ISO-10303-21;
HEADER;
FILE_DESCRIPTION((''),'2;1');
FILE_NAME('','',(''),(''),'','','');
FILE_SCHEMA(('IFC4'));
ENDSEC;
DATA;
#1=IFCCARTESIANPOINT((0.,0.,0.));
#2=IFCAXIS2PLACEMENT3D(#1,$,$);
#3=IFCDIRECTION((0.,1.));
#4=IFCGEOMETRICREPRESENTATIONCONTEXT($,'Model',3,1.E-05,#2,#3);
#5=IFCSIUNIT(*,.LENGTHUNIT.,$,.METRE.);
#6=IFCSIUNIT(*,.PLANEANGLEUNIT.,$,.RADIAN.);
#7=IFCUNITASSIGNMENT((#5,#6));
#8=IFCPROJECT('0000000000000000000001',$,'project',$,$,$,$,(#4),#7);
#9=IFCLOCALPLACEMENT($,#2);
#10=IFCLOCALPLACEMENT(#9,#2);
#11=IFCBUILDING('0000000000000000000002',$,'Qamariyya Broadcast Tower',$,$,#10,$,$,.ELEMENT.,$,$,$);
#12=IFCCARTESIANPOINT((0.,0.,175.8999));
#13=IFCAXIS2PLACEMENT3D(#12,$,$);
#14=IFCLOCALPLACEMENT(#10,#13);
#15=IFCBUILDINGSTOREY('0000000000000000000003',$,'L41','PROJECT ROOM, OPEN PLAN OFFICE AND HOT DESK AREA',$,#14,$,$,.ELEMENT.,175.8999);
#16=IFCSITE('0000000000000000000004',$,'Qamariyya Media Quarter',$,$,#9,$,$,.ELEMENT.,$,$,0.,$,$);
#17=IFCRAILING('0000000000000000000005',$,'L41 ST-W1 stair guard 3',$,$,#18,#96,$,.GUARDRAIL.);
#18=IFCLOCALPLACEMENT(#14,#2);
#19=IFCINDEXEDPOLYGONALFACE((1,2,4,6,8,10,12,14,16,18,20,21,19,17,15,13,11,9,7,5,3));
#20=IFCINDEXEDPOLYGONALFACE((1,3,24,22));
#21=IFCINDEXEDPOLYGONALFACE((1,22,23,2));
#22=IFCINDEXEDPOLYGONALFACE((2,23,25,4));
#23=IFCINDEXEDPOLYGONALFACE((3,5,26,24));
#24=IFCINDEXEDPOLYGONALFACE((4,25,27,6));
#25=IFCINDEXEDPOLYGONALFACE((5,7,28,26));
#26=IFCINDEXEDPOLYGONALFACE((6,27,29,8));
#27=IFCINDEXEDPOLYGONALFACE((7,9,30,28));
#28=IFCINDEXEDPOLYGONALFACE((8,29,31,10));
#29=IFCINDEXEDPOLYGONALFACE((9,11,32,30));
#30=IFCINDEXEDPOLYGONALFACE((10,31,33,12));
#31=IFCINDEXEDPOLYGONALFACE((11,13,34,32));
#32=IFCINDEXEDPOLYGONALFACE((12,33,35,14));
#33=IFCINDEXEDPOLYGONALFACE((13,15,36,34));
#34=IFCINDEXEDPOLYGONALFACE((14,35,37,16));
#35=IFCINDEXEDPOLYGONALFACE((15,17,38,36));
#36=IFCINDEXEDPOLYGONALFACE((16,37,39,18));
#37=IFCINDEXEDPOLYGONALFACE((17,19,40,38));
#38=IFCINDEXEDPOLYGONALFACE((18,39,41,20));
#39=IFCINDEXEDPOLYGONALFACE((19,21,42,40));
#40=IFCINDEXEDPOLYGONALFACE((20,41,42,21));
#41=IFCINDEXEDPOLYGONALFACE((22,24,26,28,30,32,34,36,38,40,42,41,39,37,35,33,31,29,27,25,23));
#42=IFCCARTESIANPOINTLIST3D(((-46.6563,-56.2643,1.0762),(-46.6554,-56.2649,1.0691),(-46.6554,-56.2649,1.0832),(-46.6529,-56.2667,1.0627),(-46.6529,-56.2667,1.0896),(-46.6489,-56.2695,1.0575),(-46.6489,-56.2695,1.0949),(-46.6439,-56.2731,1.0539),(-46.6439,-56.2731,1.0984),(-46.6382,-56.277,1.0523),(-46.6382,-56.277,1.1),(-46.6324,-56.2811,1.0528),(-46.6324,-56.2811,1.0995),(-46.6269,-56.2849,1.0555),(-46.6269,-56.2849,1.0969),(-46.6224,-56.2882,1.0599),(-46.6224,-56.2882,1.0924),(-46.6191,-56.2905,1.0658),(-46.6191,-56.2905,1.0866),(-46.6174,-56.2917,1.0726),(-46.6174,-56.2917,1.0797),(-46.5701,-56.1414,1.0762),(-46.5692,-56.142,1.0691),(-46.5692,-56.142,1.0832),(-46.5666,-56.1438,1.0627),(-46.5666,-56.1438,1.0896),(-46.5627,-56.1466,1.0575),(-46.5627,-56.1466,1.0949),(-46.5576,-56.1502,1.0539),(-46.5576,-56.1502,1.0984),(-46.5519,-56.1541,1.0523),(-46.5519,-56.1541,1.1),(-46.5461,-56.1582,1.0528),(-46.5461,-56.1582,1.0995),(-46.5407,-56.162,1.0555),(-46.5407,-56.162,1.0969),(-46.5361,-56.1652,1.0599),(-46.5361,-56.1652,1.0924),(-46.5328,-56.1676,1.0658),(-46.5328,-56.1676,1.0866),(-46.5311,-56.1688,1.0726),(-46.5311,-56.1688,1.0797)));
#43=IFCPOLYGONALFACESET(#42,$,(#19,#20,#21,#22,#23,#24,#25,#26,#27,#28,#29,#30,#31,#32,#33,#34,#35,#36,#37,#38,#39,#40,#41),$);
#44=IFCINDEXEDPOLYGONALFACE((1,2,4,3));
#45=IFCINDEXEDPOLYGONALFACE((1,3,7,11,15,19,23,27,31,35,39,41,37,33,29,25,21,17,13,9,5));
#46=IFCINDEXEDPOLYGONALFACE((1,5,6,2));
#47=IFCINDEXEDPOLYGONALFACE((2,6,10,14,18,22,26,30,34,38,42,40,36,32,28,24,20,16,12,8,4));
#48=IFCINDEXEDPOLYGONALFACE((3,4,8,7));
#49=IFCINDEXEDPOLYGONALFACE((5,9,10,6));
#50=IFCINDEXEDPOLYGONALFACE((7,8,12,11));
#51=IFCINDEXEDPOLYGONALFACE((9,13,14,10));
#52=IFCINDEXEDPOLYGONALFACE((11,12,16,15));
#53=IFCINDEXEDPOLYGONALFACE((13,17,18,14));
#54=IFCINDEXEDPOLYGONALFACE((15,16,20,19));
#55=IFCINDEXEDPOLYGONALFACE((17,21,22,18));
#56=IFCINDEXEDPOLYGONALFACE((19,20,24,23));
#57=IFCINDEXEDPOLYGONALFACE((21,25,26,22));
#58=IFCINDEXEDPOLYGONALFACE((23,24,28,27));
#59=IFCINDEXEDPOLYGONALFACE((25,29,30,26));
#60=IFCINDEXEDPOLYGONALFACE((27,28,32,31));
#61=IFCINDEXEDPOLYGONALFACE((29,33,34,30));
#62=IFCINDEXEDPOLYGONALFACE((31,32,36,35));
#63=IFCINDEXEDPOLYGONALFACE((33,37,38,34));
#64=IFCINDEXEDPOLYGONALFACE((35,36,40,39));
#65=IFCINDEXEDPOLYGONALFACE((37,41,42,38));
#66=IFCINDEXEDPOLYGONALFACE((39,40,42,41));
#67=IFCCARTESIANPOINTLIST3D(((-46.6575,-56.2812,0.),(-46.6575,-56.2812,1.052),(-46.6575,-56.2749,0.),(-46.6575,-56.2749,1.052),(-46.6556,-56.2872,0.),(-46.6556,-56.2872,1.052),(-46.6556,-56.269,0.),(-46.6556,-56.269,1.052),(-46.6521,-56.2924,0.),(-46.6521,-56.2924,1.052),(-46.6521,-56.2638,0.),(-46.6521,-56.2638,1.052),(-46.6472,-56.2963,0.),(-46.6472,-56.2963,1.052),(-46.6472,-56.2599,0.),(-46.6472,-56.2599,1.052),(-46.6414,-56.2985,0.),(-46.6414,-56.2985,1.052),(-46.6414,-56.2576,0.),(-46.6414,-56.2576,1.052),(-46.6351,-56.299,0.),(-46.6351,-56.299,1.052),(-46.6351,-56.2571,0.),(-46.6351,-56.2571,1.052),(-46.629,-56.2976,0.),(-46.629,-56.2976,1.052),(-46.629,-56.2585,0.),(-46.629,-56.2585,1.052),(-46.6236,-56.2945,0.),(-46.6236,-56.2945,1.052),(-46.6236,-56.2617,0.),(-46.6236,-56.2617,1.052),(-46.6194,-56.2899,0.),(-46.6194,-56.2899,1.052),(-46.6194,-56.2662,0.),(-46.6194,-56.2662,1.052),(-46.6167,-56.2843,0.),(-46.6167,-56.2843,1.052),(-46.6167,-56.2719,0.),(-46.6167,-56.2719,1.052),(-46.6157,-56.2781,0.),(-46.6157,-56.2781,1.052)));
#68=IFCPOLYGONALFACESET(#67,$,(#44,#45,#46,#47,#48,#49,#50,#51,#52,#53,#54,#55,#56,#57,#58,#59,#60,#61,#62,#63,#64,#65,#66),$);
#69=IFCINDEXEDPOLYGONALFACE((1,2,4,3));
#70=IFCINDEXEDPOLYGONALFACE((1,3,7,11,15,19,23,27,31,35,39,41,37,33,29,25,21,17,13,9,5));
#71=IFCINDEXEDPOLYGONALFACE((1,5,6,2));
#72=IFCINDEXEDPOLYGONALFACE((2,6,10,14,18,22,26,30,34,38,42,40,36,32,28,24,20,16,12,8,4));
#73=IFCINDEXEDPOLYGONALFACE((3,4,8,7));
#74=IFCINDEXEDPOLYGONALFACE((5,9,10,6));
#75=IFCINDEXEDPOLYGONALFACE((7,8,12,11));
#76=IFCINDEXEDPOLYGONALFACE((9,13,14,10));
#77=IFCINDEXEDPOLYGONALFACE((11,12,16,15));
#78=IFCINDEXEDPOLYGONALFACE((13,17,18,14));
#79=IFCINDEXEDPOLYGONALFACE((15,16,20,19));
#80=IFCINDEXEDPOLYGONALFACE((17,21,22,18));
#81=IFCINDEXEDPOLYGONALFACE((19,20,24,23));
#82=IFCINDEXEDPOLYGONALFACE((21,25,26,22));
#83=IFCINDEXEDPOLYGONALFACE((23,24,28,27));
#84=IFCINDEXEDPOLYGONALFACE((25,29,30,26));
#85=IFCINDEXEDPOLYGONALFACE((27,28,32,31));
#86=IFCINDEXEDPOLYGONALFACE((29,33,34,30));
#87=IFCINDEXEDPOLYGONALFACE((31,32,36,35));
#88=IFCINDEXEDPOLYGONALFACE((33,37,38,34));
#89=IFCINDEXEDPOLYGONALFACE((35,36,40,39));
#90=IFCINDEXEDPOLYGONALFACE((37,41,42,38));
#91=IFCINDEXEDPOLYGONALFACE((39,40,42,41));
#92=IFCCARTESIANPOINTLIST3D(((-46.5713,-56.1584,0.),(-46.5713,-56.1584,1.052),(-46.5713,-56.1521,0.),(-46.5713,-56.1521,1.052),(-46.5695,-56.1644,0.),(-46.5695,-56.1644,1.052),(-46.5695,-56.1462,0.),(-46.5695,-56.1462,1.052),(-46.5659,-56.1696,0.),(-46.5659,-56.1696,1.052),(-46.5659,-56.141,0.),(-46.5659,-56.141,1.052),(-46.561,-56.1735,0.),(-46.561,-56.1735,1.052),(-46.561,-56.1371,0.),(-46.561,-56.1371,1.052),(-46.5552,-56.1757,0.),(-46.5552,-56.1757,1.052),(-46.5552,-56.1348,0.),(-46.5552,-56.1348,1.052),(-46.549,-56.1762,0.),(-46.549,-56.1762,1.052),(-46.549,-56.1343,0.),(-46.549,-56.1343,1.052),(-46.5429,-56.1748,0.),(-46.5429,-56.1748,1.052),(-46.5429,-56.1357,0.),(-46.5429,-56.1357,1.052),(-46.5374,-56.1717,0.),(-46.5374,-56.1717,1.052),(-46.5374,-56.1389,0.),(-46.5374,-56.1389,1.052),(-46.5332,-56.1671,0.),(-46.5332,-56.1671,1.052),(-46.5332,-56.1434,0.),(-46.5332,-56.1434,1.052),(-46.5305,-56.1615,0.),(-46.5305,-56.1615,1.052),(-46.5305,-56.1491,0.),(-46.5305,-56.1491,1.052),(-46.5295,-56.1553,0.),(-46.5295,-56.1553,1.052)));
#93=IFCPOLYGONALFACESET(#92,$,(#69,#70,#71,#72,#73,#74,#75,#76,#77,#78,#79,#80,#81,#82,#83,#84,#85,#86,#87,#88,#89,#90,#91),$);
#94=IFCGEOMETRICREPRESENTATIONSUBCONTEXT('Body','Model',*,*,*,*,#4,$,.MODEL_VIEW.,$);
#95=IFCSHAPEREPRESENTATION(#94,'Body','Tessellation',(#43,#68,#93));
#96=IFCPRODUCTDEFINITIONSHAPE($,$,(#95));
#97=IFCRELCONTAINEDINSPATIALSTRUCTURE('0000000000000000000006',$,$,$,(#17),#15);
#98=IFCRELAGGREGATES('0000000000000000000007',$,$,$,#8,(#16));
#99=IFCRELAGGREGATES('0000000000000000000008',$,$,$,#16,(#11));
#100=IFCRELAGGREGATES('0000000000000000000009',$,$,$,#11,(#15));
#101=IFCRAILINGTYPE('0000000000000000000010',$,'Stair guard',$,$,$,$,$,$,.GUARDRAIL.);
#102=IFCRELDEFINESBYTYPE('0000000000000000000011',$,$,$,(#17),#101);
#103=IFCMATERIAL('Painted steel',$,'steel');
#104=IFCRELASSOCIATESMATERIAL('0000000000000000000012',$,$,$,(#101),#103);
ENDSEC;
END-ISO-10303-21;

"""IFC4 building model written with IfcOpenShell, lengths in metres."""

from ifc_helpers import new_model, si_unit, direction, frame, origin, origin_2d, place, context, subcontext, project, spatial, circle, extrude, material, type_object, element, save


model = new_model("IFC4")

# Units and contexts
model_context = context("Model", 3, precision=1e-05, world=origin(), true_north=direction((0.0, 1.0)))
body_context = subcontext(model_context, "Body", "Model", "MODEL_VIEW")
ifc_project = project(units=[si_unit("LENGTHUNIT", "METRE"), si_unit("PLANEANGLEUNIT", "RADIAN")], contexts=[model_context])

# Site, building, storey
site_placement = place(None, origin())
site = spatial("IfcSite", under=ifc_project, at=site_placement, Name="Qamariyya Media Quarter", CompositionType="ELEMENT", RefElevation=0.0)
building_placement = place(site_placement, origin())
building = spatial("IfcBuilding", under=site, at=building_placement, Name="Qamariyya Broadcast Tower", CompositionType="ELEMENT")
storey_placement = place(building_placement, frame((0.0, 0.0, 175.8999)))
storey = spatial("IfcBuildingStorey", under=building, at=storey_placement, Name="L41", Description="PROJECT ROOM, OPEN PLAN OFFICE AND HOT DESK AREA", CompositionType="ELEMENT", Elevation=175.8999)

# Railing
ifc_material_1 = material(Name="Painted steel", Category="steel")
railing_type_1 = type_object("IfcRailingType", Name="Stair guard", PredefinedType="GUARDRAIL", material=ifc_material_1)
railing_1_placement = place(storey_placement, frame((-46.6367, -56.2781, 0.0)))
element("IfcRailing", 1, at=railing_1_placement, inside=storey, type_object=railing_type_1, Name="L41 ST-W1 stair guard 3", PredefinedType="GUARDRAIL", context=body_context, shape_type="SweptSolid", body=[
    extrude(circle(Radius=0.0239, at=origin_2d()), frame((0.0, 0.0, 1.0762), z_axis=(0.574445, 0.818543, 0.0), x_axis=(-0.818543, 0.574445, 0.0)), (0.0, 0.0, 1.0), 0.1501),
    extrude(circle(Radius=0.021, at=origin_2d()), origin(), (0.0, 0.0, 1.0), 1.052),
    extrude(circle(Radius=0.021, at=origin_2d()), frame((0.0862, 0.1228, 0.0)), (0.0, 0.0, 1.0), 1.052),
])

save(model, "model.ifc")
